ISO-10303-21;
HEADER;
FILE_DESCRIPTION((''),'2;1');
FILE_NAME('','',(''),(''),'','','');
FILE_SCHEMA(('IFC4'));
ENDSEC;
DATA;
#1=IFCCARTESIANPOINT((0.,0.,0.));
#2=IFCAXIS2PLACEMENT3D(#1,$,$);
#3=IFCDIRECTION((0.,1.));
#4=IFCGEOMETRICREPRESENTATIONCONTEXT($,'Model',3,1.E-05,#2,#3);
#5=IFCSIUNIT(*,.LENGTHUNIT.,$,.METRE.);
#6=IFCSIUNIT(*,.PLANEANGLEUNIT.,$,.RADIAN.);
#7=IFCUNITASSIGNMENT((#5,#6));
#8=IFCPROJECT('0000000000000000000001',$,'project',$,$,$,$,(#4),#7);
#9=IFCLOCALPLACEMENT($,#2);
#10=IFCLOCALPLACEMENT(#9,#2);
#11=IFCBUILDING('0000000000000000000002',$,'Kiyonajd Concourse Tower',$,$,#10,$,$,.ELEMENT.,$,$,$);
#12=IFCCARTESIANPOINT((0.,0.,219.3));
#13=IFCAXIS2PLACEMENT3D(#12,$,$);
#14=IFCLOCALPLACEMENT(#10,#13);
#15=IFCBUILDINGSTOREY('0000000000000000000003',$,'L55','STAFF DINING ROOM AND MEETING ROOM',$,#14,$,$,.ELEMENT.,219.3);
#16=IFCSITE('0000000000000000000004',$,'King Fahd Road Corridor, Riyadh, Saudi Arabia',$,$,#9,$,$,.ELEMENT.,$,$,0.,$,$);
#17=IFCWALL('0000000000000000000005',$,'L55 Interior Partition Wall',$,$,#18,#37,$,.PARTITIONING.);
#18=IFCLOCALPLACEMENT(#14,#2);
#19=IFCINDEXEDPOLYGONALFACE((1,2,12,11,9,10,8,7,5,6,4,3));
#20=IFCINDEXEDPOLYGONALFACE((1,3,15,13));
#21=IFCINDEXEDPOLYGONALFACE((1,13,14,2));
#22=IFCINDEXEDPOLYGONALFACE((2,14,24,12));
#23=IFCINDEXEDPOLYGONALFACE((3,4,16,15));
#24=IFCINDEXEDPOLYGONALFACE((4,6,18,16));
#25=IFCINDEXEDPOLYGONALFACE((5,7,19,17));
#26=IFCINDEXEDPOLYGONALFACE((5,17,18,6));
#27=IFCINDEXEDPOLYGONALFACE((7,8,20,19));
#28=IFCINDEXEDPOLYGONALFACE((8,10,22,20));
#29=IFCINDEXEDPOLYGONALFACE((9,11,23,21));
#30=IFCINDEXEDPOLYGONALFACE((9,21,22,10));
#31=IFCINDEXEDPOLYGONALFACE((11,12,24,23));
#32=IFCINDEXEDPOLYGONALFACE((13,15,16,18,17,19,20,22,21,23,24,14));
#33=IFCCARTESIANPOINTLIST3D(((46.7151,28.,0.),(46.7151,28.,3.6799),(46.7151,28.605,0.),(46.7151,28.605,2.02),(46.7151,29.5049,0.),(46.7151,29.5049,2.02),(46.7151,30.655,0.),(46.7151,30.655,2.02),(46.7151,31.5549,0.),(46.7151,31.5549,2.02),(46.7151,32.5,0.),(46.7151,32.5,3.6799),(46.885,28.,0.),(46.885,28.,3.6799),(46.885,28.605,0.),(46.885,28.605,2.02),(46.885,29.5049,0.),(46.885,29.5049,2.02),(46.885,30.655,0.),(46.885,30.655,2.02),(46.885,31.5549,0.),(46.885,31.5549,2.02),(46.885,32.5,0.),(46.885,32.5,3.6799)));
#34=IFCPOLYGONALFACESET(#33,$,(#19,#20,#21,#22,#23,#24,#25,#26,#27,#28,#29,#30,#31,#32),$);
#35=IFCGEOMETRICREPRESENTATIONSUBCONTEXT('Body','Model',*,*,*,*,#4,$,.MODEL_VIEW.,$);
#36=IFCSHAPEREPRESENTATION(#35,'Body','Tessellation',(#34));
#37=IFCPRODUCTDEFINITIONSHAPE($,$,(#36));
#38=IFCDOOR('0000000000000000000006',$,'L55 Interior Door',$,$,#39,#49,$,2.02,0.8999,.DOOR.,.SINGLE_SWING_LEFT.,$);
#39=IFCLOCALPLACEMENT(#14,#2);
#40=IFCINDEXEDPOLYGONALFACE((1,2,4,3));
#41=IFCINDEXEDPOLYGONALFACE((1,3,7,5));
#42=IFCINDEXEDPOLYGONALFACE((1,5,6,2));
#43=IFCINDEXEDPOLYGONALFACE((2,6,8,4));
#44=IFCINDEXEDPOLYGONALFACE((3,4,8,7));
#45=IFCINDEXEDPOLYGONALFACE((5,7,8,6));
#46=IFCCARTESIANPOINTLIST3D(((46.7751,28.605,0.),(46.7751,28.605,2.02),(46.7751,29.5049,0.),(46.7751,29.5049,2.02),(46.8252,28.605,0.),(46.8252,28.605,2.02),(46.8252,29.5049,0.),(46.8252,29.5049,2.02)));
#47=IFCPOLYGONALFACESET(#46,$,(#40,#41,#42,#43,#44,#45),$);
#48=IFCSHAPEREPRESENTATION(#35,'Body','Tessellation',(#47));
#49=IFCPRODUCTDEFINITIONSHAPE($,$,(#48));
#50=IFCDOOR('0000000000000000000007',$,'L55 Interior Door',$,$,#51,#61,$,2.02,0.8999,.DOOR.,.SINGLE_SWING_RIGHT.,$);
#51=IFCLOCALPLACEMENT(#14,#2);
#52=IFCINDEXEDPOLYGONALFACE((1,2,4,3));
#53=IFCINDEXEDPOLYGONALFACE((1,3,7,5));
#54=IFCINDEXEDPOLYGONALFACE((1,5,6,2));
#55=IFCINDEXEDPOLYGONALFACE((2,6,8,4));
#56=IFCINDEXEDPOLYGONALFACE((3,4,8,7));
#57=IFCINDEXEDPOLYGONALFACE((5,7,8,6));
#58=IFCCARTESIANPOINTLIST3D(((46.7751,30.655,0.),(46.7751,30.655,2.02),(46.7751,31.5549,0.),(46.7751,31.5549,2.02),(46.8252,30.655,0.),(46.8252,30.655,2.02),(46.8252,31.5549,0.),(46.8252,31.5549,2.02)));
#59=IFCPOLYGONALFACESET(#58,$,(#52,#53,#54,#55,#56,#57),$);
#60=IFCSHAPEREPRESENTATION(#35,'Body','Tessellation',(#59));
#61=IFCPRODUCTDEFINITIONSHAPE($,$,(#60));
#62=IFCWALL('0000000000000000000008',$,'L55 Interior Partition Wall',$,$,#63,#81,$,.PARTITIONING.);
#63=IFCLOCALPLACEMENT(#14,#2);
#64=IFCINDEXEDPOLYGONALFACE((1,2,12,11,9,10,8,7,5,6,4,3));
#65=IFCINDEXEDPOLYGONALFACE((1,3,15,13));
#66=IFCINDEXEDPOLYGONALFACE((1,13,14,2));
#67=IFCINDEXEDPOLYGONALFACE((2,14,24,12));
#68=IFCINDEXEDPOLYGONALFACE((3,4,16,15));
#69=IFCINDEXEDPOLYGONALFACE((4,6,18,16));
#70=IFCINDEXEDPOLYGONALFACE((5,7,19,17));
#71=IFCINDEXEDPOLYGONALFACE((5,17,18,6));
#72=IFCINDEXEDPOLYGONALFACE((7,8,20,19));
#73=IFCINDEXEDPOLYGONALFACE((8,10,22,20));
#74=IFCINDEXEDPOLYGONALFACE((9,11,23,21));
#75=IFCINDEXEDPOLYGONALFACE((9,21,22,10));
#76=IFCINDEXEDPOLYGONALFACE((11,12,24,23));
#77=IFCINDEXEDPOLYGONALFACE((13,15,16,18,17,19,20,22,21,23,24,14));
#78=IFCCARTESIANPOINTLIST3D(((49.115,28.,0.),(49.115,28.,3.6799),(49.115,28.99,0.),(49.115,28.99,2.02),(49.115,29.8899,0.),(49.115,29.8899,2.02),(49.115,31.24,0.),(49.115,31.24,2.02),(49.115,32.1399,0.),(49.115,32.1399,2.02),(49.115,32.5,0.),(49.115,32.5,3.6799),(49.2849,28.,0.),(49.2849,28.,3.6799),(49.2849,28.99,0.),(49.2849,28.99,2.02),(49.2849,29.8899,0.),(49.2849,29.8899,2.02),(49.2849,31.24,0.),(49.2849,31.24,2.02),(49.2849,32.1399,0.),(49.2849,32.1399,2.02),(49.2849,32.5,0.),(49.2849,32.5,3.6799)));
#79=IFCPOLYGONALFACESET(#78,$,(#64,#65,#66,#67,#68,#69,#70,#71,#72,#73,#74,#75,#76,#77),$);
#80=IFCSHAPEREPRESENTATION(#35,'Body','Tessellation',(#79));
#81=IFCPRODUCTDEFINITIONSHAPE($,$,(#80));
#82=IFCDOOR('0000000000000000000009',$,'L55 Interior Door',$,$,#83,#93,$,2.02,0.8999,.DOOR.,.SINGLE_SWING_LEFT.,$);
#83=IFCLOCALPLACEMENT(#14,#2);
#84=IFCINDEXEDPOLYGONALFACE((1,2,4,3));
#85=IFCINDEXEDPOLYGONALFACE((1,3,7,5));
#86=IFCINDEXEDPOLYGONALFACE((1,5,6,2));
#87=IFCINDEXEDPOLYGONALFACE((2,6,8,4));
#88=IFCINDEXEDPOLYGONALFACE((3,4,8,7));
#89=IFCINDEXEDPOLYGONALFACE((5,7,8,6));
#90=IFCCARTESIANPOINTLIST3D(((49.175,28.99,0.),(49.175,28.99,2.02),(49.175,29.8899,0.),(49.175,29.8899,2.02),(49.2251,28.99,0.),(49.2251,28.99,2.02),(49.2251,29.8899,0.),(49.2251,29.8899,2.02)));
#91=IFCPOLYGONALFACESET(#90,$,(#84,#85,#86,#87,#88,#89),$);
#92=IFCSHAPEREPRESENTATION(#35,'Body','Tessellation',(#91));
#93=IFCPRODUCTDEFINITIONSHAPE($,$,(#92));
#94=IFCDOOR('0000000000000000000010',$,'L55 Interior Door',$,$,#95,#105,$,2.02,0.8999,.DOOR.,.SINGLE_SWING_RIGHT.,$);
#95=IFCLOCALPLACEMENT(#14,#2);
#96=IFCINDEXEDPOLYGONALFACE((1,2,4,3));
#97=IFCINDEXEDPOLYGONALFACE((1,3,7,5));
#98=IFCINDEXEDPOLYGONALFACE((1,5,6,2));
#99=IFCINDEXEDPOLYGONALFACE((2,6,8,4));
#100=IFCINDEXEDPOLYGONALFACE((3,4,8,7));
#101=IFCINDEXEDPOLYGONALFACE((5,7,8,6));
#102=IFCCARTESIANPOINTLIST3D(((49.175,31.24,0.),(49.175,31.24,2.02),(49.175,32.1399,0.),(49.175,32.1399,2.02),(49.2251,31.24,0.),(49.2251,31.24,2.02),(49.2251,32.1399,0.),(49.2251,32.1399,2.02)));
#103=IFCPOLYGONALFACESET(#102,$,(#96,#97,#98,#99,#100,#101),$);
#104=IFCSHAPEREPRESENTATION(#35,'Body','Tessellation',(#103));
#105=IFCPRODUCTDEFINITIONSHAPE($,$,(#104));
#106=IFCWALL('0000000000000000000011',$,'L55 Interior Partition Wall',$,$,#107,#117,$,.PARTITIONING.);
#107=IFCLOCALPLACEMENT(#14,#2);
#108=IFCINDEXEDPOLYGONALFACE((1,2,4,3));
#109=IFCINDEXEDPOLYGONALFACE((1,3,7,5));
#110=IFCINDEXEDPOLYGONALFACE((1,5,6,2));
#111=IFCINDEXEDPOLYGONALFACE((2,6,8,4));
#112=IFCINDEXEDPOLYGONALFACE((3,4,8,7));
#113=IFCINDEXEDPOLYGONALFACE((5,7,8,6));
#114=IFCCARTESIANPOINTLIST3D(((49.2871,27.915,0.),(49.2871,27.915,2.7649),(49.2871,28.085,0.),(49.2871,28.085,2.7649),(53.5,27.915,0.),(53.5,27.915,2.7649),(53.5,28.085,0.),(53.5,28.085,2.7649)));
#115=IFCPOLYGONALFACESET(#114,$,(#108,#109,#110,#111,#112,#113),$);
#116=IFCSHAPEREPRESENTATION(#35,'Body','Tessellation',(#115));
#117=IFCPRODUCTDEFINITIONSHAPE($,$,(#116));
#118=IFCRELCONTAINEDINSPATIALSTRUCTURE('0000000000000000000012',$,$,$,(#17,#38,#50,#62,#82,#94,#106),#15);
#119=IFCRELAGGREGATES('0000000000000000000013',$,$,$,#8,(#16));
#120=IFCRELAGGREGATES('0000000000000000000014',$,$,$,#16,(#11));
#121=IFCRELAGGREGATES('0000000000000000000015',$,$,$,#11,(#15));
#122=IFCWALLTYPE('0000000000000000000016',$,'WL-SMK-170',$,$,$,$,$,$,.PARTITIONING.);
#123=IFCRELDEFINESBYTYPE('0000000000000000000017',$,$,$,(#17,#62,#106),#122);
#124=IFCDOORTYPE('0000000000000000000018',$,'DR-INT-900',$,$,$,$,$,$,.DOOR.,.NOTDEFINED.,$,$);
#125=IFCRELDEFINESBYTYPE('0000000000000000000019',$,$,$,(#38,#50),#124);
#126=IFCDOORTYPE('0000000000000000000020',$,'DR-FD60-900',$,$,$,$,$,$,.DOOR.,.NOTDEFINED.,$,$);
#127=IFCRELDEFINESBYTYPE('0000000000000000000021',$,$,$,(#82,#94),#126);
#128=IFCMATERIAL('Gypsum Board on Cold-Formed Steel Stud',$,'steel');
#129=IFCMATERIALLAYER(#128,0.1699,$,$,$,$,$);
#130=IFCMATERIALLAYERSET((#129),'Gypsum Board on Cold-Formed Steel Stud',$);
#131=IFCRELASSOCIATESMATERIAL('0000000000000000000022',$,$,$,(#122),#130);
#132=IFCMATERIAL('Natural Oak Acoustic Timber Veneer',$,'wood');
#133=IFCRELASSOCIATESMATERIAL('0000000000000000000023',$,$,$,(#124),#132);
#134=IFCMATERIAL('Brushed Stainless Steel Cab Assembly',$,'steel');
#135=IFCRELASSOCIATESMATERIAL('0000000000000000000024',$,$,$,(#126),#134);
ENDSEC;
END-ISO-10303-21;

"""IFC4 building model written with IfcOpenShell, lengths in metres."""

from ifc_helpers import new_model, si_unit, direction, frame, frame_2d, origin, place, context, subcontext, project, spatial, rectangle, extrude, material, layer, layer_set, type_object, element, fill, save


model = new_model("IFC4")

# Units and contexts
model_context = context("Model", 3, precision=1e-05, world=origin(), true_north=direction((0.0, 1.0)))
body_context = subcontext(model_context, "Body", "Model", "MODEL_VIEW")
ifc_project = project(units=[si_unit("LENGTHUNIT", "METRE"), si_unit("PLANEANGLEUNIT", "RADIAN")], contexts=[model_context])

# Site, building, storey
site_placement = place(None, origin())
site = spatial("IfcSite", under=ifc_project, at=site_placement, Name="King Fahd Road Corridor, Riyadh, Saudi Arabia", CompositionType="ELEMENT", RefElevation=0.0)
building_placement = place(site_placement, origin())
building = spatial("IfcBuilding", under=site, at=building_placement, Name="Kiyonajd Concourse Tower", CompositionType="ELEMENT")
storey_placement = place(building_placement, frame((0.0, 0.0, 219.3)))
storey = spatial("IfcBuildingStorey", under=building, at=storey_placement, Name="L55", Description="STAFF DINING ROOM AND MEETING ROOM", CompositionType="ELEMENT", Elevation=219.3)

# Shared definitions
ifc_material_1 = material(Name="Gypsum Board on Cold-Formed Steel Stud", Category="steel")

# Shared definitions
ifc_layer_1 = layer(ifc_material_1, 0.1699)
ifc_layer_set_1 = layer_set([ifc_layer_1], Name="Gypsum Board on Cold-Formed Steel Stud")
wall_type_1 = type_object("IfcWallType", Name="WL-SMK-170", PredefinedType="PARTITIONING", material=ifc_layer_set_1)
ifc_material_2 = material(Name="Natural Oak Acoustic Timber Veneer", Category="wood")
door_type_1 = type_object("IfcDoorType", Name="DR-INT-900", OperationType="NOTDEFINED", PredefinedType="DOOR", material=ifc_material_2)

# Shared definitions
ifc_material_3 = material(Name="Brushed Stainless Steel Cab Assembly", Category="steel")
door_type_2 = type_object("IfcDoorType", Name="DR-FD60-900", OperationType="NOTDEFINED", PredefinedType="DOOR", material=ifc_material_3)

# Walls, openings, doors
wall_1_placement = place(storey_placement, frame((46.8, 28.0, 0.0), z_axis=(0.0, 0.0, 1.0), x_axis=(0.0, 1.0, 0.0)))
wall_1 = element("IfcWall", 1, at=wall_1_placement, inside=storey, type_object=wall_type_1, Name="L55 Interior Partition Wall", PredefinedType="PARTITIONING", context=body_context, shape_type="SweptSolid", body=[
    extrude(rectangle(XDim=4.5, YDim=0.1699, at=frame_2d((2.25, 0.0))), origin(), (0.0, 0.0, 1.0), 3.6799),
])
opening_1_placement = place(wall_1_placement, frame((0.605, 0.0, 0.0)))
opening_1 = element("IfcOpeningElement", 2, at=opening_1_placement, cuts=wall_1, PredefinedType="OPENING", context=body_context, shape_type="SweptSolid", body=[
    extrude(rectangle(XDim=0.8999, YDim=2.02, at=frame_2d((0.45, 1.01))), frame((0.0, 0.095, 0.0), z_axis=(0.0, -1.0, 0.0), x_axis=(1.0, 0.0, 0.0)), (0.0, 0.0, 1.0), 0.1899),
])
opening_2_placement = place(wall_1_placement, frame((2.655, 0.0, 0.0)))
opening_2 = element("IfcOpeningElement", 3, at=opening_2_placement, cuts=wall_1, PredefinedType="OPENING", context=body_context, shape_type="SweptSolid", body=[
    extrude(rectangle(XDim=0.8999, YDim=2.02, at=frame_2d((0.45, 1.01))), frame((0.0, 0.095, 0.0), z_axis=(0.0, -1.0, 0.0), x_axis=(1.0, 0.0, 0.0)), (0.0, 0.0, 1.0), 0.1899),
])
door_1_placement = place(opening_1_placement, origin())
door_1 = element("IfcDoor", 4, at=door_1_placement, inside=storey, type_object=door_type_1, Name="L55 Interior Door", OperationType="SINGLE_SWING_LEFT", OverallHeight=2.02, OverallWidth=0.8999, PredefinedType="DOOR", context=body_context, shape_type="SweptSolid", body=[
    extrude(rectangle(XDim=0.8999, YDim=2.02, at=frame_2d((0.45, 1.01))), frame((0.0, 0.0249, 0.0), z_axis=(0.0, -1.0, 0.0), x_axis=(1.0, 0.0, 0.0)), (0.0, 0.0, 1.0), 0.05),
])
fill(opening_1, door_1)
door_2_placement = place(opening_2_placement, origin())
door_2 = element("IfcDoor", 5, at=door_2_placement, inside=storey, type_object=door_type_1, Name="L55 Interior Door", OperationType="SINGLE_SWING_RIGHT", OverallHeight=2.02, OverallWidth=0.8999, PredefinedType="DOOR", context=body_context, shape_type="SweptSolid", body=[
    extrude(rectangle(XDim=0.8999, YDim=2.02, at=frame_2d((0.45, 1.01))), frame((0.0, 0.0249, 0.0), z_axis=(0.0, -1.0, 0.0), x_axis=(1.0, 0.0, 0.0)), (0.0, 0.0, 1.0), 0.05),
])
fill(opening_2, door_2)
wall_2_placement = place(storey_placement, frame((49.2, 28.0, 0.0), z_axis=(0.0, 0.0, 1.0), x_axis=(0.0, 1.0, 0.0)))
wall_2 = element("IfcWall", 6, at=wall_2_placement, inside=storey, type_object=wall_type_1, Name="L55 Interior Partition Wall", PredefinedType="PARTITIONING", context=body_context, shape_type="SweptSolid", body=[
    extrude(rectangle(XDim=4.5, YDim=0.1699, at=frame_2d((2.25, 0.0))), origin(), (0.0, 0.0, 1.0), 3.6799),
])
opening_3_placement = place(wall_2_placement, frame((0.99, 0.0, 0.0)))
opening_3 = element("IfcOpeningElement", 7, at=opening_3_placement, cuts=wall_2, PredefinedType="OPENING", context=body_context, shape_type="SweptSolid", body=[
    extrude(rectangle(XDim=0.8999, YDim=2.02, at=frame_2d((0.45, 1.01))), frame((0.0, 0.095, 0.0), z_axis=(0.0, -1.0, 0.0), x_axis=(1.0, 0.0, 0.0)), (0.0, 0.0, 1.0), 0.1899),
])
opening_4_placement = place(wall_2_placement, frame((3.24, 0.0, 0.0)))
opening_4 = element("IfcOpeningElement", 8, at=opening_4_placement, cuts=wall_2, PredefinedType="OPENING", context=body_context, shape_type="SweptSolid", body=[
    extrude(rectangle(XDim=0.8999, YDim=2.02, at=frame_2d((0.45, 1.01))), frame((0.0, 0.095, 0.0), z_axis=(0.0, -1.0, 0.0), x_axis=(1.0, 0.0, 0.0)), (0.0, 0.0, 1.0), 0.1899),
])
door_3_placement = place(opening_3_placement, origin())
door_3 = element("IfcDoor", 9, at=door_3_placement, inside=storey, type_object=door_type_2, Name="L55 Interior Door", OperationType="SINGLE_SWING_LEFT", OverallHeight=2.02, OverallWidth=0.8999, PredefinedType="DOOR", context=body_context, shape_type="SweptSolid", body=[
    extrude(rectangle(XDim=0.8999, YDim=2.02, at=frame_2d((0.45, 1.01))), frame((0.0, 0.0249, 0.0), z_axis=(0.0, -1.0, 0.0), x_axis=(1.0, 0.0, 0.0)), (0.0, 0.0, 1.0), 0.05),
])
fill(opening_3, door_3)
door_4_placement = place(opening_4_placement, origin())
door_4 = element("IfcDoor", 10, at=door_4_placement, inside=storey, type_object=door_type_2, Name="L55 Interior Door", OperationType="SINGLE_SWING_RIGHT", OverallHeight=2.02, OverallWidth=0.8999, PredefinedType="DOOR", context=body_context, shape_type="SweptSolid", body=[
    extrude(rectangle(XDim=0.8999, YDim=2.02, at=frame_2d((0.45, 1.01))), frame((0.0, 0.0249, 0.0), z_axis=(0.0, -1.0, 0.0), x_axis=(1.0, 0.0, 0.0)), (0.0, 0.0, 1.0), 0.05),
])
fill(opening_4, door_4)

# Wall
wall_3_placement = place(storey_placement, frame((49.2871, 28.0, 0.0), z_axis=(0.0, 0.0, 1.0), x_axis=(1.0, 0.0, 0.0)))
element("IfcWall", 11, at=wall_3_placement, inside=storey, type_object=wall_type_1, Name="L55 Interior Partition Wall", PredefinedType="PARTITIONING", context=body_context, shape_type="SweptSolid", body=[
    extrude(rectangle(XDim=4.2129, YDim=0.1699, at=frame_2d((2.1064, 0.0))), origin(), (0.0, 0.0, 1.0), 2.7649),
])

save(model, "model.ifc")
